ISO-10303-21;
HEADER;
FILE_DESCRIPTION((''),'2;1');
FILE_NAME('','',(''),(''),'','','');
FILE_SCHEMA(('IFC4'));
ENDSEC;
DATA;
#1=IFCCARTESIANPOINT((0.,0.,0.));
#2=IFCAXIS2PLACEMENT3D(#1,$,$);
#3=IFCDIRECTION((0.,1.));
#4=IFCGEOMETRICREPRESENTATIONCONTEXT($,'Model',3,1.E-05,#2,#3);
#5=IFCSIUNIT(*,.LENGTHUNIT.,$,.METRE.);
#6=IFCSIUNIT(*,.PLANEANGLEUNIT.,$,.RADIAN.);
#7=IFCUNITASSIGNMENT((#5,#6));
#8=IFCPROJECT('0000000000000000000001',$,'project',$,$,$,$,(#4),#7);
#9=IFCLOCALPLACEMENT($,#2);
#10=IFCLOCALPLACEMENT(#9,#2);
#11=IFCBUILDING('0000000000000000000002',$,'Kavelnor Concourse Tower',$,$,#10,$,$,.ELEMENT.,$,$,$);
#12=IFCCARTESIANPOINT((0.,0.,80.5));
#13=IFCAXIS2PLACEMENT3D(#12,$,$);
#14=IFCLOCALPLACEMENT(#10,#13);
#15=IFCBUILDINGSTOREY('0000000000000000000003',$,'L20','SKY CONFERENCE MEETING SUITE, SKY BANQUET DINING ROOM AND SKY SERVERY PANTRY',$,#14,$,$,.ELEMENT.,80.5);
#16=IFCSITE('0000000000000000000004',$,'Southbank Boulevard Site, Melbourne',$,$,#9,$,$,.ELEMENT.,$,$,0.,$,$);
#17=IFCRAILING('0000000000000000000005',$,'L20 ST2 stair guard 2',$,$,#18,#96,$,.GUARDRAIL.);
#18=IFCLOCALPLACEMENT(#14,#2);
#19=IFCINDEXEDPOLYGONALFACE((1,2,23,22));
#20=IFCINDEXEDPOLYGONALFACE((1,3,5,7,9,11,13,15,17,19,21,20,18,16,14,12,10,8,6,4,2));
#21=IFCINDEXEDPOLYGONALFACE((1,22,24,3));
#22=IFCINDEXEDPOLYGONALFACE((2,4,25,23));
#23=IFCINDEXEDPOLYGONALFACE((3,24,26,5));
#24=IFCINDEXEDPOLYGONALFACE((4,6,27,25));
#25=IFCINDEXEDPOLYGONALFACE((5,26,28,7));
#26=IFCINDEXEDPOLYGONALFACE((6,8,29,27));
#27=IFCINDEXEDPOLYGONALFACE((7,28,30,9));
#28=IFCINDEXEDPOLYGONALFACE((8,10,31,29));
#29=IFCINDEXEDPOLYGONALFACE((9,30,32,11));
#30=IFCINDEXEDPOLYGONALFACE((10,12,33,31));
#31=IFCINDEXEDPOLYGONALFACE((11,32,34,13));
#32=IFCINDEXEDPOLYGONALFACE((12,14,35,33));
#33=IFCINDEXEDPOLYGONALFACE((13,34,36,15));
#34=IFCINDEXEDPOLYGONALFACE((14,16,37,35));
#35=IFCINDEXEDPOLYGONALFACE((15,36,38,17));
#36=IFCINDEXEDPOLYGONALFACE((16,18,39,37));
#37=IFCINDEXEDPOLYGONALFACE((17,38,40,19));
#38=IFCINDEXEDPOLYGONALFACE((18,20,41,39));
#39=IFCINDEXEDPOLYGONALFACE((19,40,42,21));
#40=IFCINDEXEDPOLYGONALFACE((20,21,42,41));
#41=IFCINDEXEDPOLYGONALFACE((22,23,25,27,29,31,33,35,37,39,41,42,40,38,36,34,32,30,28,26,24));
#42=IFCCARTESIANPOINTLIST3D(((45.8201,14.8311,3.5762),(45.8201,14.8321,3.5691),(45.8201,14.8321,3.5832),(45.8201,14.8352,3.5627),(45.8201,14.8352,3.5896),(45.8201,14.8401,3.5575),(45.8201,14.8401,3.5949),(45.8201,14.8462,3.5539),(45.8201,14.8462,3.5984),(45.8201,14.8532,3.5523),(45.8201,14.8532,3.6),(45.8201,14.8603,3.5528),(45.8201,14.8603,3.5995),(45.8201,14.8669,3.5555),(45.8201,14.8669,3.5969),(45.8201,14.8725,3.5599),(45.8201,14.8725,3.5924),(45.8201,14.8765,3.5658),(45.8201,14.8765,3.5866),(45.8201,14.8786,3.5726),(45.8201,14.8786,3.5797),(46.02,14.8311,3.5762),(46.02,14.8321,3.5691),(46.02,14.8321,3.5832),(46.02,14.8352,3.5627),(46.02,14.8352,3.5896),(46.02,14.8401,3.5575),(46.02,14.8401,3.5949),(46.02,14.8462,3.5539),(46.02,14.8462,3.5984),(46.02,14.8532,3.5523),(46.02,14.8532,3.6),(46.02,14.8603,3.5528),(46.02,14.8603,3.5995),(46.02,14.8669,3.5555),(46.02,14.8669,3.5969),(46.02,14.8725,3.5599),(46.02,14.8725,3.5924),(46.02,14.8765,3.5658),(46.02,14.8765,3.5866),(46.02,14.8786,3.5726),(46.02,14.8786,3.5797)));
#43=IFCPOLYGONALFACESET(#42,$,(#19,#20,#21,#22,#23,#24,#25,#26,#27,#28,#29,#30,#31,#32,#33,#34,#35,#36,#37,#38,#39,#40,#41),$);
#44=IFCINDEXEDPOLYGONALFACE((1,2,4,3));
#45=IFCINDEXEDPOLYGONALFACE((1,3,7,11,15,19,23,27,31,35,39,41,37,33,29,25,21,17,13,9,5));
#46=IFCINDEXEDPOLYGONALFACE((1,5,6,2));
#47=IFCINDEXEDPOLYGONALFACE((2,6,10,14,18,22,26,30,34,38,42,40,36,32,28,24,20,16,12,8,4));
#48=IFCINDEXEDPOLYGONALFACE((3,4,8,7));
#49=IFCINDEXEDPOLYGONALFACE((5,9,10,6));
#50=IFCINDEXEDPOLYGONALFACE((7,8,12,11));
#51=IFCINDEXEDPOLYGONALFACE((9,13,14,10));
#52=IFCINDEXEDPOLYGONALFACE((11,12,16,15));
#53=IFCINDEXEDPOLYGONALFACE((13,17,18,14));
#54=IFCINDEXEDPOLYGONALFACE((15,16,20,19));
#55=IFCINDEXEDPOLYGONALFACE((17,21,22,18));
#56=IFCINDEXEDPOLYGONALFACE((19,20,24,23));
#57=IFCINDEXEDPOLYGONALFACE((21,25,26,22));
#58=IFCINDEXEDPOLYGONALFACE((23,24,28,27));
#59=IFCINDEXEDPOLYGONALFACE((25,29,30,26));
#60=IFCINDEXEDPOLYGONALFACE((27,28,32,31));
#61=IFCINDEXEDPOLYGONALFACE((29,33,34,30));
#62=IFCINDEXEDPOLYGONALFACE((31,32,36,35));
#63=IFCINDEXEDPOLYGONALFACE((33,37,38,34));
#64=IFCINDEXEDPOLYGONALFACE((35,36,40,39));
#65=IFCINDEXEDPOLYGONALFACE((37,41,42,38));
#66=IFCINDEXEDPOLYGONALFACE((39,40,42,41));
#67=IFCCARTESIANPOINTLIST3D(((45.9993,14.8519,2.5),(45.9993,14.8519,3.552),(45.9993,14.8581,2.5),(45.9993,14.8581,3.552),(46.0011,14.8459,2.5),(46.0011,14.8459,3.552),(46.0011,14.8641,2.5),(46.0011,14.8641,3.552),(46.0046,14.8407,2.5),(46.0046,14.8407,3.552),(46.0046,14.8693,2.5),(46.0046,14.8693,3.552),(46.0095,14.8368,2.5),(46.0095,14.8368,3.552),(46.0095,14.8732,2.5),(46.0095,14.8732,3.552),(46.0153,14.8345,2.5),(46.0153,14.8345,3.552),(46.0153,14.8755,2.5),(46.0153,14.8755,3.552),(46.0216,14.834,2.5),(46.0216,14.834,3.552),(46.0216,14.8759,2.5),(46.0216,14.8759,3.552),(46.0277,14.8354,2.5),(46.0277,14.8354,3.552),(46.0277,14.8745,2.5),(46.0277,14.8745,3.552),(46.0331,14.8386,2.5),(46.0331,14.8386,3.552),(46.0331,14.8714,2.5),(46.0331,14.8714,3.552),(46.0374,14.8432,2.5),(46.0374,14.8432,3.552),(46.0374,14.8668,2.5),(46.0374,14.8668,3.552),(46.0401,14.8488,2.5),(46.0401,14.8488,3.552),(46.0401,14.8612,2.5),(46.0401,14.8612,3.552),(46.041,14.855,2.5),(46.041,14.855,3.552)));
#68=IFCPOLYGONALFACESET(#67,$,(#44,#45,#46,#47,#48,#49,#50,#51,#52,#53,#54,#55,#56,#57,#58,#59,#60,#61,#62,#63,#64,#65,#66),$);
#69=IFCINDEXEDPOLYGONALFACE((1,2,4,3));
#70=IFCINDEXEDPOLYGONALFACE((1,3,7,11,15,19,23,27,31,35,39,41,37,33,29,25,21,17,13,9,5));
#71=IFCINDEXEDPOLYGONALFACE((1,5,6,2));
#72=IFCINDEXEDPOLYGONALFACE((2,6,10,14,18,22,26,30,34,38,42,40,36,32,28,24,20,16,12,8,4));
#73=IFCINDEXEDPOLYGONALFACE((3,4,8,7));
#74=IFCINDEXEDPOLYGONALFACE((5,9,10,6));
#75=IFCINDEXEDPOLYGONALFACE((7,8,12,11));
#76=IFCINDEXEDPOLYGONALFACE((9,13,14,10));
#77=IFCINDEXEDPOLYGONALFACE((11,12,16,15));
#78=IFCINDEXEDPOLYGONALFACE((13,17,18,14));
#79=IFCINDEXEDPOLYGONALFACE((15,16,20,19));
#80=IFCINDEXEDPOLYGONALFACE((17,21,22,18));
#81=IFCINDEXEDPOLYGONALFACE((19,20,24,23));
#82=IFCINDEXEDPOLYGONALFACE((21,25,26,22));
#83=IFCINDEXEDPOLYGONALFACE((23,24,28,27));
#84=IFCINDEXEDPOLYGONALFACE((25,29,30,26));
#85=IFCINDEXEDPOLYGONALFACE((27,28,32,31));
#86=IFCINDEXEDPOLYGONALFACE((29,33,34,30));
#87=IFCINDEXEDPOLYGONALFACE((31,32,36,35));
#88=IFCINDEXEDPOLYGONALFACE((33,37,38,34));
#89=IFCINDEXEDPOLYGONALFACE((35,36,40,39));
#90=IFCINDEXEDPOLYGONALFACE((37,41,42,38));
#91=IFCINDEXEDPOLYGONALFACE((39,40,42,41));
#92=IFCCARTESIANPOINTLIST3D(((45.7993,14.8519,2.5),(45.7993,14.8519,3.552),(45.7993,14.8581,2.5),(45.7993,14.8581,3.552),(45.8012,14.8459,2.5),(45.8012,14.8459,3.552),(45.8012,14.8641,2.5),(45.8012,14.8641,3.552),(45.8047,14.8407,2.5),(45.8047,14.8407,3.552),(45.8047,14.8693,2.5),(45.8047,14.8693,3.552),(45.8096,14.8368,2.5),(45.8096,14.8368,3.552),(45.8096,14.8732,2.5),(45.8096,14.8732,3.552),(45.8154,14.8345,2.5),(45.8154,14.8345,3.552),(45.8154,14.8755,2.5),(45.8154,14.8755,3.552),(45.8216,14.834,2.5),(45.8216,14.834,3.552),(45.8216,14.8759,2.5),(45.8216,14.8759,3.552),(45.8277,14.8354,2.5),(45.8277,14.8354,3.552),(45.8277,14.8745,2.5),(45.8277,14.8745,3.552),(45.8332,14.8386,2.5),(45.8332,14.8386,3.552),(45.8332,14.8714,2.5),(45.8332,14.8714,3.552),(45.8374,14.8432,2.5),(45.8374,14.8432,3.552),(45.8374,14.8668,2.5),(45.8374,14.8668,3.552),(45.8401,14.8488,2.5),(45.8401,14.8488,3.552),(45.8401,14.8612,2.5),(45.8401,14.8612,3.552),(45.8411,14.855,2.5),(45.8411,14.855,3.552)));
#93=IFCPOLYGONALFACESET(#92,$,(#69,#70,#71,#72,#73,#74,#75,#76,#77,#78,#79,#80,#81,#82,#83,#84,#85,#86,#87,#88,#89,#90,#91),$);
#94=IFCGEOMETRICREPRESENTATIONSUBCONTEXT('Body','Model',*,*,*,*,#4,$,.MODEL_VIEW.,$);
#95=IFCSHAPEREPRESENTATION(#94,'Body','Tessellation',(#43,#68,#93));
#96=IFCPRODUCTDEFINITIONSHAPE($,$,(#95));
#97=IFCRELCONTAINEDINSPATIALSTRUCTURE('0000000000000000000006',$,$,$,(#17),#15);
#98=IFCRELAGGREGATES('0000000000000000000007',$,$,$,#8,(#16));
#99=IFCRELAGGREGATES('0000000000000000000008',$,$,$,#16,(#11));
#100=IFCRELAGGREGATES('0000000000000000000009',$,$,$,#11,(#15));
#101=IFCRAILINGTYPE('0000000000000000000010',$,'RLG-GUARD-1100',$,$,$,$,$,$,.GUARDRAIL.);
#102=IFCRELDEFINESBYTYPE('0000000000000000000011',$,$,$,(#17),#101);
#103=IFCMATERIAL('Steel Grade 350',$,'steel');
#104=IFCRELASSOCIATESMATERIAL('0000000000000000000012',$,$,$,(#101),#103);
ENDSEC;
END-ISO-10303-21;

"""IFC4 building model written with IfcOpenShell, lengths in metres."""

from ifc_helpers import new_model, si_unit, direction, frame, origin, origin_2d, place, context, subcontext, project, spatial, circle, extrude, material, type_object, element, save


model = new_model("IFC4")

# Units and contexts
model_context = context("Model", 3, precision=1e-05, world=origin(), true_north=direction((0.0, 1.0)))
body_context = subcontext(model_context, "Body", "Model", "MODEL_VIEW")
ifc_project = project(units=[si_unit("LENGTHUNIT", "METRE"), si_unit("PLANEANGLEUNIT", "RADIAN")], contexts=[model_context])

# Site, building, storey
site_placement = place(None, origin())
site = spatial("IfcSite", under=ifc_project, at=site_placement, Name="Southbank Boulevard Site, Melbourne", CompositionType="ELEMENT", RefElevation=0.0)
building_placement = place(site_placement, origin())
building = spatial("IfcBuilding", under=site, at=building_placement, Name="Kavelnor Concourse Tower", CompositionType="ELEMENT")
storey_placement = place(building_placement, frame((0.0, 0.0, 80.5)))
storey = spatial("IfcBuildingStorey", under=building, at=storey_placement, Name="L20", Description="SKY CONFERENCE MEETING SUITE, SKY BANQUET DINING ROOM AND SKY SERVERY PANTRY", CompositionType="ELEMENT", Elevation=80.5)

# Shared definitions
ifc_material_1 = material(Name="Steel Grade 350", Category="steel")

# Railing
railing_type_1 = type_object("IfcRailingType", Name="RLG-GUARD-1100", PredefinedType="GUARDRAIL", material=ifc_material_1)
railing_1_placement = place(storey_placement, frame((46.02, 14.855, 2.5)))
element("IfcRailing", 1, at=railing_1_placement, inside=storey, type_object=railing_type_1, Name="L20 ST2 stair guard 2", PredefinedType="GUARDRAIL", context=body_context, shape_type="SweptSolid", body=[
    extrude(circle(Radius=0.0239, at=origin_2d()), frame((0.0, 0.0, 1.0762), z_axis=(-1.0, 0.0, 0.0), x_axis=(0.0, -1.0, 0.0)), (0.0, 0.0, 1.0), 0.2),
    extrude(circle(Radius=0.021, at=origin_2d()), origin(), (0.0, 0.0, 1.0), 1.052),
    extrude(circle(Radius=0.021, at=origin_2d()), frame((-0.2, 0.0, 0.0)), (0.0, 0.0, 1.0), 1.052),
])

save(model, "model.ifc")
